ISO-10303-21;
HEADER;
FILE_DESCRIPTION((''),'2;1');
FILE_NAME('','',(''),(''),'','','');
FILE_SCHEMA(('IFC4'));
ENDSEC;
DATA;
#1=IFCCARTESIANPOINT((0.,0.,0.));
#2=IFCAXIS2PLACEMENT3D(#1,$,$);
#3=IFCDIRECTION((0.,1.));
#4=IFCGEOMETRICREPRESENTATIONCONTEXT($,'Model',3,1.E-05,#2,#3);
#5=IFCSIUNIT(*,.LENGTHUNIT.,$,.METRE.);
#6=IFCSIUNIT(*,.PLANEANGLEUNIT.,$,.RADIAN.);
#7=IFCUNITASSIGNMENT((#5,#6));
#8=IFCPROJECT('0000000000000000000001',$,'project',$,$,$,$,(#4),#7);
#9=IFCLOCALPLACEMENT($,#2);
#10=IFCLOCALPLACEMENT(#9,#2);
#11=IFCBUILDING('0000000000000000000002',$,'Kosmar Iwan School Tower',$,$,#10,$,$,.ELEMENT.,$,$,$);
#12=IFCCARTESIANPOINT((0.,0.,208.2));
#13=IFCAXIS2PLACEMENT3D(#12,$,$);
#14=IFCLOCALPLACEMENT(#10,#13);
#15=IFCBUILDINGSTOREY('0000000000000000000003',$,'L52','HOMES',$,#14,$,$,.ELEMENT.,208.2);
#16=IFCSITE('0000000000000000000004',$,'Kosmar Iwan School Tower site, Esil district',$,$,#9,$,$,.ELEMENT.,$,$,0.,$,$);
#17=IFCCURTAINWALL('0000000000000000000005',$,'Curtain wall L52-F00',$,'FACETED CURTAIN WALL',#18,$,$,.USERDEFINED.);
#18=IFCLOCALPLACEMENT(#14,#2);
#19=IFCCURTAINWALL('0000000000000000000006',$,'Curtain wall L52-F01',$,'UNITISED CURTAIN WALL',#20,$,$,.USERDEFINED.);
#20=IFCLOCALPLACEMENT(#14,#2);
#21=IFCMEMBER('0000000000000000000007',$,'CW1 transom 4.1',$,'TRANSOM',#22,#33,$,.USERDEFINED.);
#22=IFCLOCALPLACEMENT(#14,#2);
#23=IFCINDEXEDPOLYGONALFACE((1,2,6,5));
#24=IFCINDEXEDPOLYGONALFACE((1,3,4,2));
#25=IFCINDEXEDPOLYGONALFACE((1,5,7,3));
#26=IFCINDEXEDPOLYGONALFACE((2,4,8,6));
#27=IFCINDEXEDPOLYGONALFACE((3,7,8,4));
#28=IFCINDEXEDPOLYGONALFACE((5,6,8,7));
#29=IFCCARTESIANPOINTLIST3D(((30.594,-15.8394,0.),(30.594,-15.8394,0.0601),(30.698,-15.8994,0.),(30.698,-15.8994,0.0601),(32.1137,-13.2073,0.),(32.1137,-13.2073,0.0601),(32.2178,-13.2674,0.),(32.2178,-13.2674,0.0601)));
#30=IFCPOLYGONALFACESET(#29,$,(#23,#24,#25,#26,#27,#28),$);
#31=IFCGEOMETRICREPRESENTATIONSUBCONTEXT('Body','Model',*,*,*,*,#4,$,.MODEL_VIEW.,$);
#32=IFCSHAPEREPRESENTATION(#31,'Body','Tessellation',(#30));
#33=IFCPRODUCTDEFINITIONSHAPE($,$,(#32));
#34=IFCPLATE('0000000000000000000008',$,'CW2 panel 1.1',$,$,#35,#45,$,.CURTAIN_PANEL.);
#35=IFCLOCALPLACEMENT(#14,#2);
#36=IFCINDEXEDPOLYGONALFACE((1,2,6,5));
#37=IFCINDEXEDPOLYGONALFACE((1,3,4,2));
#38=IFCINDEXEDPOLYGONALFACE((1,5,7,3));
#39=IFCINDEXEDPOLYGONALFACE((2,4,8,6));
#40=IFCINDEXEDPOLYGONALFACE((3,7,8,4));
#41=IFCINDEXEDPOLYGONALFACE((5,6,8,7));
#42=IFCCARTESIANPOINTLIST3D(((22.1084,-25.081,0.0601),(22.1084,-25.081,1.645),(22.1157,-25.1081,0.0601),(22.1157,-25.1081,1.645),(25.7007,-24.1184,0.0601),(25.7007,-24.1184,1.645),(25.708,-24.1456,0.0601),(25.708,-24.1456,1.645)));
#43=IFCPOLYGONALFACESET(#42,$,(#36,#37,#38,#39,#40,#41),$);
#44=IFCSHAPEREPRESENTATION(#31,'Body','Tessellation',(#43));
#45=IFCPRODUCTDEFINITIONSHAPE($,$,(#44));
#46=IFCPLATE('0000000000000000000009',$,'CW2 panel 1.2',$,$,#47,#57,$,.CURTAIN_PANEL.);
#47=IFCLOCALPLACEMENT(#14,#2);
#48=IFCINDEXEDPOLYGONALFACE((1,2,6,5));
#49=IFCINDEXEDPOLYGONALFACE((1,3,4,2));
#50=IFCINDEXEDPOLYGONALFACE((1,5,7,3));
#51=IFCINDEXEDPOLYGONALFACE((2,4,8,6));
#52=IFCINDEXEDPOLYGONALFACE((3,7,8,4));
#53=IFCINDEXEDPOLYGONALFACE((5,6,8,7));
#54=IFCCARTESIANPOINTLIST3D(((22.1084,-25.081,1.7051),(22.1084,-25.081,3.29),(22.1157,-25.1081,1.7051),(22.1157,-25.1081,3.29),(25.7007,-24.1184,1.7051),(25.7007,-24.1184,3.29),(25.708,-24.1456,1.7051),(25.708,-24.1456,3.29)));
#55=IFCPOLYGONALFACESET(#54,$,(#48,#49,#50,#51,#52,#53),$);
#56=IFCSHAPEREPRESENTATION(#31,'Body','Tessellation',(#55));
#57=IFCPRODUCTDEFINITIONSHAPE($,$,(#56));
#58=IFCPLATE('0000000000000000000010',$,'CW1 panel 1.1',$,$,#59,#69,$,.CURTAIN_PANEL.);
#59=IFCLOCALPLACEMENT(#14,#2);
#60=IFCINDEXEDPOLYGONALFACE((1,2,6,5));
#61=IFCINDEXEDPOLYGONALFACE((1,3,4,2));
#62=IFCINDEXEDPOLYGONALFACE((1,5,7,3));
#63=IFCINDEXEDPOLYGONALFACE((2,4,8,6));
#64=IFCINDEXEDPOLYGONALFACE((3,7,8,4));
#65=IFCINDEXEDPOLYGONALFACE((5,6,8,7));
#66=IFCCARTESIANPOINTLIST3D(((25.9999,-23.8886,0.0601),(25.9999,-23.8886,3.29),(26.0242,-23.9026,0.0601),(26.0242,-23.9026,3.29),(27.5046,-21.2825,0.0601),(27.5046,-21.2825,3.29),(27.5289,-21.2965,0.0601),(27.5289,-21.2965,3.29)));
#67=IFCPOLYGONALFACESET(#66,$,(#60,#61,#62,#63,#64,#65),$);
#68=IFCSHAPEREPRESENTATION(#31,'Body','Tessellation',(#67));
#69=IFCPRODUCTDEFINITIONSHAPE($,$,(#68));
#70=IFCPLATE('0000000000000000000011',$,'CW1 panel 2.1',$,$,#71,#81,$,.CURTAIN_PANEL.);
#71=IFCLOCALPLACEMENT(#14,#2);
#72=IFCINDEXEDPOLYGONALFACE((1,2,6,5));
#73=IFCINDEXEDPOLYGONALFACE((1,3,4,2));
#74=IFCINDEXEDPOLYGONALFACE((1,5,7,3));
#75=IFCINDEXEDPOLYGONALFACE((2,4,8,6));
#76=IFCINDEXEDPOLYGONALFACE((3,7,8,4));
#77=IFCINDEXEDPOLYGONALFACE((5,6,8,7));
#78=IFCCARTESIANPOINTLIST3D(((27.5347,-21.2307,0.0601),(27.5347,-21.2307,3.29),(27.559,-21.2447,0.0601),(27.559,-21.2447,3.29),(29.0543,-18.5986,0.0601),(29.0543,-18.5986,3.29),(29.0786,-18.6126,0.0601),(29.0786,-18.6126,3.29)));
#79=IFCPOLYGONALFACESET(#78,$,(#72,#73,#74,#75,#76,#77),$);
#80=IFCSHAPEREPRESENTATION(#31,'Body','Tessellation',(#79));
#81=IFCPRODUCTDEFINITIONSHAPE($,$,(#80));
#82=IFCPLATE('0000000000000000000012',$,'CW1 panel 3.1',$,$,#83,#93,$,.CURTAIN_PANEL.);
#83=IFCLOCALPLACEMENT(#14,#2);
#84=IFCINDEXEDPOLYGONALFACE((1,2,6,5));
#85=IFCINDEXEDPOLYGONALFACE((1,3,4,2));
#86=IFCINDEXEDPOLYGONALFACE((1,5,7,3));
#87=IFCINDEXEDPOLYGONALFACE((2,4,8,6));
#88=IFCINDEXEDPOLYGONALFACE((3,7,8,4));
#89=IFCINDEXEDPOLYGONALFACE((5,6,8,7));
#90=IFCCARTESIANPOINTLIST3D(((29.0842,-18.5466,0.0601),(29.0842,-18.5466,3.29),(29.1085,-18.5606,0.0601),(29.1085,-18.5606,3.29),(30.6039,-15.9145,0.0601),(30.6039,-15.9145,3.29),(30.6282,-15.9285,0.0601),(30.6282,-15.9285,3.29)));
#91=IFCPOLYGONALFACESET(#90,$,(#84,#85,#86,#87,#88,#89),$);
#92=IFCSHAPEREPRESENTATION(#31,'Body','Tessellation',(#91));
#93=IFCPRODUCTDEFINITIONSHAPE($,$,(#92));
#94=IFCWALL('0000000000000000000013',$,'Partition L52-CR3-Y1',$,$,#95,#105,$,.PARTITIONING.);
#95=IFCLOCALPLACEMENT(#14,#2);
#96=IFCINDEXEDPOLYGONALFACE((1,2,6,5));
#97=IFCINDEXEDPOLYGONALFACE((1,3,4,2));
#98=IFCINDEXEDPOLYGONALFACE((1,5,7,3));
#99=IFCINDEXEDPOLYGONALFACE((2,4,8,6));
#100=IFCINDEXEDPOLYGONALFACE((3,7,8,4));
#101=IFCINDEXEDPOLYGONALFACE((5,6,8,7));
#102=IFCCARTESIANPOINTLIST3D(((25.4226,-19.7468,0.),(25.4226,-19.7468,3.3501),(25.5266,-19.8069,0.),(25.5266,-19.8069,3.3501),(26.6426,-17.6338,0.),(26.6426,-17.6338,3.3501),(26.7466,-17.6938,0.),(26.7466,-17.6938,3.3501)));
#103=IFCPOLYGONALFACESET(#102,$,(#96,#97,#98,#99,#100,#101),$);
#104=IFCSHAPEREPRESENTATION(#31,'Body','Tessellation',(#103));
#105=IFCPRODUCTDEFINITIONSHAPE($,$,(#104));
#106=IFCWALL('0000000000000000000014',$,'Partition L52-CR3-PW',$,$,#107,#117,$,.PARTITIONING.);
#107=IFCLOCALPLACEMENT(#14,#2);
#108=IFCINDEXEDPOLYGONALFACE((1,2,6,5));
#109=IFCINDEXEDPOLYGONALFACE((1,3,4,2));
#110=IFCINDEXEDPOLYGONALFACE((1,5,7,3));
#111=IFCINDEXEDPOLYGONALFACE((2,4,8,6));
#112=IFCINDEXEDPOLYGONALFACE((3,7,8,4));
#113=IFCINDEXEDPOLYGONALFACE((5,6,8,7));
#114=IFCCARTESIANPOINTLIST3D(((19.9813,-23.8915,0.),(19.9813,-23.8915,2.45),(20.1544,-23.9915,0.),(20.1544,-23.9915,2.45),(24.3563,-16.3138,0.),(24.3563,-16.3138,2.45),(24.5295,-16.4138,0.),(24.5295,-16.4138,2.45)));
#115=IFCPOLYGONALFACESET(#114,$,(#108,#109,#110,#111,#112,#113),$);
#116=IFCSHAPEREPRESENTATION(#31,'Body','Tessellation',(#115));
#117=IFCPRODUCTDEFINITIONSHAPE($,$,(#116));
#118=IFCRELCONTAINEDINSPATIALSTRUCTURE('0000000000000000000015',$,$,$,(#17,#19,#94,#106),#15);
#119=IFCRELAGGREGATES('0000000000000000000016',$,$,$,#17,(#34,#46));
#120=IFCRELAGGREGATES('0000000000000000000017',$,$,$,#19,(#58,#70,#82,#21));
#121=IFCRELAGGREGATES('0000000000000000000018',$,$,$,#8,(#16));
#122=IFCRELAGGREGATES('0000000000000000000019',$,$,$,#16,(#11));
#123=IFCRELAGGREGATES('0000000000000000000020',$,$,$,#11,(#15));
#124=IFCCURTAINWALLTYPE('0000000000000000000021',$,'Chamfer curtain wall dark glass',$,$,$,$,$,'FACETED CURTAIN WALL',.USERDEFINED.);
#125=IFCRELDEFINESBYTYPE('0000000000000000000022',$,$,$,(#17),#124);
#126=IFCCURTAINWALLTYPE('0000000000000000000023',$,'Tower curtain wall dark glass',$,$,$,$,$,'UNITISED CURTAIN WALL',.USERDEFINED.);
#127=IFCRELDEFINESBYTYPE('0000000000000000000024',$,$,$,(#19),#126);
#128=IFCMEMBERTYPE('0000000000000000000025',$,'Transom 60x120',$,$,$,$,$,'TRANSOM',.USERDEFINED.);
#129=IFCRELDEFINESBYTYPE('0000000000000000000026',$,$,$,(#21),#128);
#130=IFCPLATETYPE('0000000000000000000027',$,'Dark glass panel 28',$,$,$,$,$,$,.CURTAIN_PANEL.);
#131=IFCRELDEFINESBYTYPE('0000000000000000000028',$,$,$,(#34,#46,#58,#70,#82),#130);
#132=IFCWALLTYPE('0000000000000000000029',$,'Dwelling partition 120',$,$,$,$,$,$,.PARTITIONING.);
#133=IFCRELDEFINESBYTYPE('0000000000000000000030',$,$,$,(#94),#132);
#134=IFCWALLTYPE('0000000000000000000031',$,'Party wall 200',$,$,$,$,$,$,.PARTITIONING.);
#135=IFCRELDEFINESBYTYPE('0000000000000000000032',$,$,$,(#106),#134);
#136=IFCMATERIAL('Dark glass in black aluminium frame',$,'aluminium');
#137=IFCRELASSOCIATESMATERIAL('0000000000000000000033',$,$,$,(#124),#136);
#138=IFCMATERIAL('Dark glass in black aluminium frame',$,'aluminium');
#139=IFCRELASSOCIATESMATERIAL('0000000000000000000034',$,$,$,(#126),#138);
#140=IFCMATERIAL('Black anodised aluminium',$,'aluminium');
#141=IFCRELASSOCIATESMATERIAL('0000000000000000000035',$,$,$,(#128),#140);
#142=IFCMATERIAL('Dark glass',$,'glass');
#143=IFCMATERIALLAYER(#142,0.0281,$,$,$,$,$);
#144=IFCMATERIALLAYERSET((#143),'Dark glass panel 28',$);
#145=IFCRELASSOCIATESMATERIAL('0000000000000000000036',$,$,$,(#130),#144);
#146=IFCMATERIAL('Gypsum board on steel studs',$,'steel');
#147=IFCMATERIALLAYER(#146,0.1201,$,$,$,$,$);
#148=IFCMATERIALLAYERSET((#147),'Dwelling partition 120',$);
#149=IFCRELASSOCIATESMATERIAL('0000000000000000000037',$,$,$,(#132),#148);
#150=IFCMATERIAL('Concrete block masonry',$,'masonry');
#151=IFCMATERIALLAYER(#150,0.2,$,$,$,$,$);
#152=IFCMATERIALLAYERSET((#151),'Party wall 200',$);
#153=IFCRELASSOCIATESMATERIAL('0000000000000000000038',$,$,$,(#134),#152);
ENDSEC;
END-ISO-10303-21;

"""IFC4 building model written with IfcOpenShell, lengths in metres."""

from ifc_helpers import new_model, si_unit, direction, frame, frame_2d, origin, origin_2d, place, context, subcontext, project, spatial, rectangle, extrude, material, layer, layer_set, material_profile, profile_set, type_object, element, aggregate, save


model = new_model("IFC4")

# Units and contexts
model_context = context("Model", 3, precision=1e-05, world=origin(), true_north=direction((0.0, 1.0)))
body_context = subcontext(model_context, "Body", "Model", "MODEL_VIEW")
ifc_project = project(units=[si_unit("LENGTHUNIT", "METRE"), si_unit("PLANEANGLEUNIT", "RADIAN")], contexts=[model_context])

# Site, building, storey
site_placement = place(None, origin())
site = spatial("IfcSite", under=ifc_project, at=site_placement, Name="Kosmar Iwan School Tower site, Esil district", CompositionType="ELEMENT", RefElevation=0.0)
building_placement = place(site_placement, origin())
building = spatial("IfcBuilding", under=site, at=building_placement, Name="Kosmar Iwan School Tower", CompositionType="ELEMENT")
storey_placement = place(building_placement, frame((0.0, 0.0, 208.2)))
storey = spatial("IfcBuildingStorey", under=building, at=storey_placement, Name="L52", Description="HOMES", CompositionType="ELEMENT", Elevation=208.2)

# Curtain wall
ifc_material_1 = material(Name="Dark glass in black aluminium frame", Category="aluminium")
curtain_wall_type_1 = type_object("IfcCurtainWallType", Name="Chamfer curtain wall dark glass", ElementType="FACETED CURTAIN WALL", PredefinedType="USERDEFINED", material=ifc_material_1)
curtain_wall_1_placement = place(storey_placement, origin())
curtain_wall_1 = element("IfcCurtainWall", 1, at=curtain_wall_1_placement, inside=storey, type_object=curtain_wall_type_1, Name="Curtain wall L52-F00", ObjectType="FACETED CURTAIN WALL", PredefinedType="USERDEFINED")

# Curtain wall
ifc_material_2 = material(Name="Dark glass in black aluminium frame", Category="aluminium")
curtain_wall_type_2 = type_object("IfcCurtainWallType", Name="Tower curtain wall dark glass", ElementType="UNITISED CURTAIN WALL", PredefinedType="USERDEFINED", material=ifc_material_2)
curtain_wall_2_placement = place(storey_placement, origin())
curtain_wall_2 = element("IfcCurtainWall", 2, at=curtain_wall_2_placement, inside=storey, type_object=curtain_wall_type_2, Name="Curtain wall L52-F01", ObjectType="UNITISED CURTAIN WALL", PredefinedType="USERDEFINED")

# Member
ifc_material_3 = material(Name="Black anodised aluminium", Category="aluminium")
ifc_material_profile_1 = material_profile(ifc_material_3, rectangle(XDim=0.1201, YDim=0.0601, at=origin_2d()), Name="TRANSOM 60x120")
ifc_profile_set_1 = profile_set([ifc_material_profile_1], Name="Black anodised aluminium")
member_type_1 = type_object("IfcMemberType", Name="Transom 60x120", ElementType="TRANSOM", PredefinedType="USERDEFINED", material=ifc_profile_set_1)
member_1_placement = place(storey_placement, frame((30.646, -15.8694, 0.03), z_axis=(0.500035, 0.866005, 0.0), x_axis=(-0.866005, 0.500035, 0.0)))
member_1 = element("IfcMember", 3, at=member_1_placement, type_object=member_type_1, Name="CW1 transom 4.1", ObjectType="TRANSOM", PredefinedType="USERDEFINED", context=body_context, shape_type="SweptSolid", body=[
    extrude(rectangle(XDim=0.1201, YDim=0.0601, at=origin_2d()), origin(), (0.0, 0.0, 1.0), 3.0393),
])

# Plates
ifc_material_4 = material(Name="Dark glass", Category="glass")
ifc_layer_1 = layer(ifc_material_4, 0.0281)
ifc_layer_set_1 = layer_set([ifc_layer_1], Name="Dark glass panel 28")
plate_type = type_object("IfcPlateType", Name="Dark glass panel 28", PredefinedType="CURTAIN_PANEL", material=ifc_layer_set_1)
plate_1_placement = place(storey_placement, frame((23.9082, -24.6133, 0.0601), z_axis=(0.0, 0.0, 1.0), x_axis=(0.965926, 0.258819, 0.0)))
plate_1 = element("IfcPlate", 4, at=plate_1_placement, type_object=plate_type, Name="CW2 panel 1.1", PredefinedType="CURTAIN_PANEL", context=body_context, shape_type="SweptSolid", body=[
    extrude(rectangle(XDim=3.719, YDim=0.0281, at=origin_2d()), origin(), (0.0, 0.0, 1.0), 1.585),
])
plate_2_placement = place(storey_placement, frame((23.9082, -24.6133, 1.7051), z_axis=(0.0, 0.0, 1.0), x_axis=(0.965926, 0.258819, 0.0)))
plate_2 = element("IfcPlate", 5, at=plate_2_placement, type_object=plate_type, Name="CW2 panel 1.2", PredefinedType="CURTAIN_PANEL", context=body_context, shape_type="SweptSolid", body=[
    extrude(rectangle(XDim=3.719, YDim=0.0281, at=origin_2d()), origin(), (0.0, 0.0, 1.0), 1.585),
])
aggregate(curtain_wall_1, [plate_1, plate_2])
plate_3_placement = place(storey_placement, frame((26.7644, -22.5925, 0.0601), z_axis=(0.0, 0.0, 1.0), x_axis=(0.5, 0.866025, 0.0)))
plate_3 = element("IfcPlate", 6, at=plate_3_placement, type_object=plate_type, Name="CW1 panel 1.1", PredefinedType="CURTAIN_PANEL", context=body_context, shape_type="SweptSolid", body=[
    extrude(rectangle(XDim=3.0093, YDim=0.0281, at=origin_2d()), origin(), (0.0, 0.0, 1.0), 3.23),
])
plate_4_placement = place(storey_placement, frame((28.3066, -19.9216, 0.0601), z_axis=(0.0, 0.0, 1.0), x_axis=(0.5, 0.866025, 0.0)))
plate_4 = element("IfcPlate", 7, at=plate_4_placement, type_object=plate_type, Name="CW1 panel 2.1", PredefinedType="CURTAIN_PANEL", context=body_context, shape_type="SweptSolid", body=[
    extrude(rectangle(XDim=3.0393, YDim=0.0281, at=origin_2d()), origin(), (0.0, 0.0, 1.0), 3.23),
])
plate_5_placement = place(storey_placement, frame((29.8562, -17.2375, 0.0601), z_axis=(0.0, 0.0, 1.0), x_axis=(0.5, 0.866025, 0.0)))
plate_5 = element("IfcPlate", 8, at=plate_5_placement, type_object=plate_type, Name="CW1 panel 3.1", PredefinedType="CURTAIN_PANEL", context=body_context, shape_type="SweptSolid", body=[
    extrude(rectangle(XDim=3.0393, YDim=0.0281, at=origin_2d()), origin(), (0.0, 0.0, 1.0), 3.23),
])
aggregate(curtain_wall_2, [plate_3, plate_4, plate_5, member_1])

# Walls
ifc_material_5 = material(Name="Gypsum board on steel studs", Category="steel")
ifc_layer_2 = layer(ifc_material_5, 0.1201)
ifc_layer_set_2 = layer_set([ifc_layer_2], Name="Dwelling partition 120")
wall_type_1 = type_object("IfcWallType", Name="Dwelling partition 120", PredefinedType="PARTITIONING", material=ifc_layer_set_2)
wall_1_placement = place(storey_placement, frame((26.6946, -17.6638, 0.0), z_axis=(0.0, 0.0, 1.0), x_axis=(-0.500003, -0.866024, 0.0)))
element("IfcWall", 9, at=wall_1_placement, inside=storey, type_object=wall_type_1, Name="Partition L52-CR3-Y1", PredefinedType="PARTITIONING", context=body_context, shape_type="SweptSolid", body=[
    extrude(rectangle(XDim=2.4399, YDim=0.1201, at=frame_2d((1.22, 0.0))), origin(), (0.0, 0.0, 1.0), 3.3501),
])
ifc_material_6 = material(Name="Concrete block masonry", Category="masonry")
ifc_layer_3 = layer(ifc_material_6, 0.2)
ifc_layer_set_3 = layer_set([ifc_layer_3], Name="Party wall 200")
wall_type_2 = type_object("IfcWallType", Name="Party wall 200", PredefinedType="PARTITIONING", material=ifc_layer_set_3)
wall_2_placement = place(storey_placement, frame((24.4429, -16.3638, 0.0), z_axis=(0.0, 0.0, 1.0), x_axis=(-0.500004, -0.866023, 0.0)))
element("IfcWall", 10, at=wall_2_placement, inside=storey, type_object=wall_type_2, Name="Partition L52-CR3-PW", PredefinedType="PARTITIONING", context=body_context, shape_type="SweptSolid", body=[
    extrude(rectangle(XDim=8.75, YDim=0.2, at=frame_2d((4.375, 0.0))), origin(), (0.0, 0.0, 1.0), 2.45),
])

save(model, "model.ifc")
